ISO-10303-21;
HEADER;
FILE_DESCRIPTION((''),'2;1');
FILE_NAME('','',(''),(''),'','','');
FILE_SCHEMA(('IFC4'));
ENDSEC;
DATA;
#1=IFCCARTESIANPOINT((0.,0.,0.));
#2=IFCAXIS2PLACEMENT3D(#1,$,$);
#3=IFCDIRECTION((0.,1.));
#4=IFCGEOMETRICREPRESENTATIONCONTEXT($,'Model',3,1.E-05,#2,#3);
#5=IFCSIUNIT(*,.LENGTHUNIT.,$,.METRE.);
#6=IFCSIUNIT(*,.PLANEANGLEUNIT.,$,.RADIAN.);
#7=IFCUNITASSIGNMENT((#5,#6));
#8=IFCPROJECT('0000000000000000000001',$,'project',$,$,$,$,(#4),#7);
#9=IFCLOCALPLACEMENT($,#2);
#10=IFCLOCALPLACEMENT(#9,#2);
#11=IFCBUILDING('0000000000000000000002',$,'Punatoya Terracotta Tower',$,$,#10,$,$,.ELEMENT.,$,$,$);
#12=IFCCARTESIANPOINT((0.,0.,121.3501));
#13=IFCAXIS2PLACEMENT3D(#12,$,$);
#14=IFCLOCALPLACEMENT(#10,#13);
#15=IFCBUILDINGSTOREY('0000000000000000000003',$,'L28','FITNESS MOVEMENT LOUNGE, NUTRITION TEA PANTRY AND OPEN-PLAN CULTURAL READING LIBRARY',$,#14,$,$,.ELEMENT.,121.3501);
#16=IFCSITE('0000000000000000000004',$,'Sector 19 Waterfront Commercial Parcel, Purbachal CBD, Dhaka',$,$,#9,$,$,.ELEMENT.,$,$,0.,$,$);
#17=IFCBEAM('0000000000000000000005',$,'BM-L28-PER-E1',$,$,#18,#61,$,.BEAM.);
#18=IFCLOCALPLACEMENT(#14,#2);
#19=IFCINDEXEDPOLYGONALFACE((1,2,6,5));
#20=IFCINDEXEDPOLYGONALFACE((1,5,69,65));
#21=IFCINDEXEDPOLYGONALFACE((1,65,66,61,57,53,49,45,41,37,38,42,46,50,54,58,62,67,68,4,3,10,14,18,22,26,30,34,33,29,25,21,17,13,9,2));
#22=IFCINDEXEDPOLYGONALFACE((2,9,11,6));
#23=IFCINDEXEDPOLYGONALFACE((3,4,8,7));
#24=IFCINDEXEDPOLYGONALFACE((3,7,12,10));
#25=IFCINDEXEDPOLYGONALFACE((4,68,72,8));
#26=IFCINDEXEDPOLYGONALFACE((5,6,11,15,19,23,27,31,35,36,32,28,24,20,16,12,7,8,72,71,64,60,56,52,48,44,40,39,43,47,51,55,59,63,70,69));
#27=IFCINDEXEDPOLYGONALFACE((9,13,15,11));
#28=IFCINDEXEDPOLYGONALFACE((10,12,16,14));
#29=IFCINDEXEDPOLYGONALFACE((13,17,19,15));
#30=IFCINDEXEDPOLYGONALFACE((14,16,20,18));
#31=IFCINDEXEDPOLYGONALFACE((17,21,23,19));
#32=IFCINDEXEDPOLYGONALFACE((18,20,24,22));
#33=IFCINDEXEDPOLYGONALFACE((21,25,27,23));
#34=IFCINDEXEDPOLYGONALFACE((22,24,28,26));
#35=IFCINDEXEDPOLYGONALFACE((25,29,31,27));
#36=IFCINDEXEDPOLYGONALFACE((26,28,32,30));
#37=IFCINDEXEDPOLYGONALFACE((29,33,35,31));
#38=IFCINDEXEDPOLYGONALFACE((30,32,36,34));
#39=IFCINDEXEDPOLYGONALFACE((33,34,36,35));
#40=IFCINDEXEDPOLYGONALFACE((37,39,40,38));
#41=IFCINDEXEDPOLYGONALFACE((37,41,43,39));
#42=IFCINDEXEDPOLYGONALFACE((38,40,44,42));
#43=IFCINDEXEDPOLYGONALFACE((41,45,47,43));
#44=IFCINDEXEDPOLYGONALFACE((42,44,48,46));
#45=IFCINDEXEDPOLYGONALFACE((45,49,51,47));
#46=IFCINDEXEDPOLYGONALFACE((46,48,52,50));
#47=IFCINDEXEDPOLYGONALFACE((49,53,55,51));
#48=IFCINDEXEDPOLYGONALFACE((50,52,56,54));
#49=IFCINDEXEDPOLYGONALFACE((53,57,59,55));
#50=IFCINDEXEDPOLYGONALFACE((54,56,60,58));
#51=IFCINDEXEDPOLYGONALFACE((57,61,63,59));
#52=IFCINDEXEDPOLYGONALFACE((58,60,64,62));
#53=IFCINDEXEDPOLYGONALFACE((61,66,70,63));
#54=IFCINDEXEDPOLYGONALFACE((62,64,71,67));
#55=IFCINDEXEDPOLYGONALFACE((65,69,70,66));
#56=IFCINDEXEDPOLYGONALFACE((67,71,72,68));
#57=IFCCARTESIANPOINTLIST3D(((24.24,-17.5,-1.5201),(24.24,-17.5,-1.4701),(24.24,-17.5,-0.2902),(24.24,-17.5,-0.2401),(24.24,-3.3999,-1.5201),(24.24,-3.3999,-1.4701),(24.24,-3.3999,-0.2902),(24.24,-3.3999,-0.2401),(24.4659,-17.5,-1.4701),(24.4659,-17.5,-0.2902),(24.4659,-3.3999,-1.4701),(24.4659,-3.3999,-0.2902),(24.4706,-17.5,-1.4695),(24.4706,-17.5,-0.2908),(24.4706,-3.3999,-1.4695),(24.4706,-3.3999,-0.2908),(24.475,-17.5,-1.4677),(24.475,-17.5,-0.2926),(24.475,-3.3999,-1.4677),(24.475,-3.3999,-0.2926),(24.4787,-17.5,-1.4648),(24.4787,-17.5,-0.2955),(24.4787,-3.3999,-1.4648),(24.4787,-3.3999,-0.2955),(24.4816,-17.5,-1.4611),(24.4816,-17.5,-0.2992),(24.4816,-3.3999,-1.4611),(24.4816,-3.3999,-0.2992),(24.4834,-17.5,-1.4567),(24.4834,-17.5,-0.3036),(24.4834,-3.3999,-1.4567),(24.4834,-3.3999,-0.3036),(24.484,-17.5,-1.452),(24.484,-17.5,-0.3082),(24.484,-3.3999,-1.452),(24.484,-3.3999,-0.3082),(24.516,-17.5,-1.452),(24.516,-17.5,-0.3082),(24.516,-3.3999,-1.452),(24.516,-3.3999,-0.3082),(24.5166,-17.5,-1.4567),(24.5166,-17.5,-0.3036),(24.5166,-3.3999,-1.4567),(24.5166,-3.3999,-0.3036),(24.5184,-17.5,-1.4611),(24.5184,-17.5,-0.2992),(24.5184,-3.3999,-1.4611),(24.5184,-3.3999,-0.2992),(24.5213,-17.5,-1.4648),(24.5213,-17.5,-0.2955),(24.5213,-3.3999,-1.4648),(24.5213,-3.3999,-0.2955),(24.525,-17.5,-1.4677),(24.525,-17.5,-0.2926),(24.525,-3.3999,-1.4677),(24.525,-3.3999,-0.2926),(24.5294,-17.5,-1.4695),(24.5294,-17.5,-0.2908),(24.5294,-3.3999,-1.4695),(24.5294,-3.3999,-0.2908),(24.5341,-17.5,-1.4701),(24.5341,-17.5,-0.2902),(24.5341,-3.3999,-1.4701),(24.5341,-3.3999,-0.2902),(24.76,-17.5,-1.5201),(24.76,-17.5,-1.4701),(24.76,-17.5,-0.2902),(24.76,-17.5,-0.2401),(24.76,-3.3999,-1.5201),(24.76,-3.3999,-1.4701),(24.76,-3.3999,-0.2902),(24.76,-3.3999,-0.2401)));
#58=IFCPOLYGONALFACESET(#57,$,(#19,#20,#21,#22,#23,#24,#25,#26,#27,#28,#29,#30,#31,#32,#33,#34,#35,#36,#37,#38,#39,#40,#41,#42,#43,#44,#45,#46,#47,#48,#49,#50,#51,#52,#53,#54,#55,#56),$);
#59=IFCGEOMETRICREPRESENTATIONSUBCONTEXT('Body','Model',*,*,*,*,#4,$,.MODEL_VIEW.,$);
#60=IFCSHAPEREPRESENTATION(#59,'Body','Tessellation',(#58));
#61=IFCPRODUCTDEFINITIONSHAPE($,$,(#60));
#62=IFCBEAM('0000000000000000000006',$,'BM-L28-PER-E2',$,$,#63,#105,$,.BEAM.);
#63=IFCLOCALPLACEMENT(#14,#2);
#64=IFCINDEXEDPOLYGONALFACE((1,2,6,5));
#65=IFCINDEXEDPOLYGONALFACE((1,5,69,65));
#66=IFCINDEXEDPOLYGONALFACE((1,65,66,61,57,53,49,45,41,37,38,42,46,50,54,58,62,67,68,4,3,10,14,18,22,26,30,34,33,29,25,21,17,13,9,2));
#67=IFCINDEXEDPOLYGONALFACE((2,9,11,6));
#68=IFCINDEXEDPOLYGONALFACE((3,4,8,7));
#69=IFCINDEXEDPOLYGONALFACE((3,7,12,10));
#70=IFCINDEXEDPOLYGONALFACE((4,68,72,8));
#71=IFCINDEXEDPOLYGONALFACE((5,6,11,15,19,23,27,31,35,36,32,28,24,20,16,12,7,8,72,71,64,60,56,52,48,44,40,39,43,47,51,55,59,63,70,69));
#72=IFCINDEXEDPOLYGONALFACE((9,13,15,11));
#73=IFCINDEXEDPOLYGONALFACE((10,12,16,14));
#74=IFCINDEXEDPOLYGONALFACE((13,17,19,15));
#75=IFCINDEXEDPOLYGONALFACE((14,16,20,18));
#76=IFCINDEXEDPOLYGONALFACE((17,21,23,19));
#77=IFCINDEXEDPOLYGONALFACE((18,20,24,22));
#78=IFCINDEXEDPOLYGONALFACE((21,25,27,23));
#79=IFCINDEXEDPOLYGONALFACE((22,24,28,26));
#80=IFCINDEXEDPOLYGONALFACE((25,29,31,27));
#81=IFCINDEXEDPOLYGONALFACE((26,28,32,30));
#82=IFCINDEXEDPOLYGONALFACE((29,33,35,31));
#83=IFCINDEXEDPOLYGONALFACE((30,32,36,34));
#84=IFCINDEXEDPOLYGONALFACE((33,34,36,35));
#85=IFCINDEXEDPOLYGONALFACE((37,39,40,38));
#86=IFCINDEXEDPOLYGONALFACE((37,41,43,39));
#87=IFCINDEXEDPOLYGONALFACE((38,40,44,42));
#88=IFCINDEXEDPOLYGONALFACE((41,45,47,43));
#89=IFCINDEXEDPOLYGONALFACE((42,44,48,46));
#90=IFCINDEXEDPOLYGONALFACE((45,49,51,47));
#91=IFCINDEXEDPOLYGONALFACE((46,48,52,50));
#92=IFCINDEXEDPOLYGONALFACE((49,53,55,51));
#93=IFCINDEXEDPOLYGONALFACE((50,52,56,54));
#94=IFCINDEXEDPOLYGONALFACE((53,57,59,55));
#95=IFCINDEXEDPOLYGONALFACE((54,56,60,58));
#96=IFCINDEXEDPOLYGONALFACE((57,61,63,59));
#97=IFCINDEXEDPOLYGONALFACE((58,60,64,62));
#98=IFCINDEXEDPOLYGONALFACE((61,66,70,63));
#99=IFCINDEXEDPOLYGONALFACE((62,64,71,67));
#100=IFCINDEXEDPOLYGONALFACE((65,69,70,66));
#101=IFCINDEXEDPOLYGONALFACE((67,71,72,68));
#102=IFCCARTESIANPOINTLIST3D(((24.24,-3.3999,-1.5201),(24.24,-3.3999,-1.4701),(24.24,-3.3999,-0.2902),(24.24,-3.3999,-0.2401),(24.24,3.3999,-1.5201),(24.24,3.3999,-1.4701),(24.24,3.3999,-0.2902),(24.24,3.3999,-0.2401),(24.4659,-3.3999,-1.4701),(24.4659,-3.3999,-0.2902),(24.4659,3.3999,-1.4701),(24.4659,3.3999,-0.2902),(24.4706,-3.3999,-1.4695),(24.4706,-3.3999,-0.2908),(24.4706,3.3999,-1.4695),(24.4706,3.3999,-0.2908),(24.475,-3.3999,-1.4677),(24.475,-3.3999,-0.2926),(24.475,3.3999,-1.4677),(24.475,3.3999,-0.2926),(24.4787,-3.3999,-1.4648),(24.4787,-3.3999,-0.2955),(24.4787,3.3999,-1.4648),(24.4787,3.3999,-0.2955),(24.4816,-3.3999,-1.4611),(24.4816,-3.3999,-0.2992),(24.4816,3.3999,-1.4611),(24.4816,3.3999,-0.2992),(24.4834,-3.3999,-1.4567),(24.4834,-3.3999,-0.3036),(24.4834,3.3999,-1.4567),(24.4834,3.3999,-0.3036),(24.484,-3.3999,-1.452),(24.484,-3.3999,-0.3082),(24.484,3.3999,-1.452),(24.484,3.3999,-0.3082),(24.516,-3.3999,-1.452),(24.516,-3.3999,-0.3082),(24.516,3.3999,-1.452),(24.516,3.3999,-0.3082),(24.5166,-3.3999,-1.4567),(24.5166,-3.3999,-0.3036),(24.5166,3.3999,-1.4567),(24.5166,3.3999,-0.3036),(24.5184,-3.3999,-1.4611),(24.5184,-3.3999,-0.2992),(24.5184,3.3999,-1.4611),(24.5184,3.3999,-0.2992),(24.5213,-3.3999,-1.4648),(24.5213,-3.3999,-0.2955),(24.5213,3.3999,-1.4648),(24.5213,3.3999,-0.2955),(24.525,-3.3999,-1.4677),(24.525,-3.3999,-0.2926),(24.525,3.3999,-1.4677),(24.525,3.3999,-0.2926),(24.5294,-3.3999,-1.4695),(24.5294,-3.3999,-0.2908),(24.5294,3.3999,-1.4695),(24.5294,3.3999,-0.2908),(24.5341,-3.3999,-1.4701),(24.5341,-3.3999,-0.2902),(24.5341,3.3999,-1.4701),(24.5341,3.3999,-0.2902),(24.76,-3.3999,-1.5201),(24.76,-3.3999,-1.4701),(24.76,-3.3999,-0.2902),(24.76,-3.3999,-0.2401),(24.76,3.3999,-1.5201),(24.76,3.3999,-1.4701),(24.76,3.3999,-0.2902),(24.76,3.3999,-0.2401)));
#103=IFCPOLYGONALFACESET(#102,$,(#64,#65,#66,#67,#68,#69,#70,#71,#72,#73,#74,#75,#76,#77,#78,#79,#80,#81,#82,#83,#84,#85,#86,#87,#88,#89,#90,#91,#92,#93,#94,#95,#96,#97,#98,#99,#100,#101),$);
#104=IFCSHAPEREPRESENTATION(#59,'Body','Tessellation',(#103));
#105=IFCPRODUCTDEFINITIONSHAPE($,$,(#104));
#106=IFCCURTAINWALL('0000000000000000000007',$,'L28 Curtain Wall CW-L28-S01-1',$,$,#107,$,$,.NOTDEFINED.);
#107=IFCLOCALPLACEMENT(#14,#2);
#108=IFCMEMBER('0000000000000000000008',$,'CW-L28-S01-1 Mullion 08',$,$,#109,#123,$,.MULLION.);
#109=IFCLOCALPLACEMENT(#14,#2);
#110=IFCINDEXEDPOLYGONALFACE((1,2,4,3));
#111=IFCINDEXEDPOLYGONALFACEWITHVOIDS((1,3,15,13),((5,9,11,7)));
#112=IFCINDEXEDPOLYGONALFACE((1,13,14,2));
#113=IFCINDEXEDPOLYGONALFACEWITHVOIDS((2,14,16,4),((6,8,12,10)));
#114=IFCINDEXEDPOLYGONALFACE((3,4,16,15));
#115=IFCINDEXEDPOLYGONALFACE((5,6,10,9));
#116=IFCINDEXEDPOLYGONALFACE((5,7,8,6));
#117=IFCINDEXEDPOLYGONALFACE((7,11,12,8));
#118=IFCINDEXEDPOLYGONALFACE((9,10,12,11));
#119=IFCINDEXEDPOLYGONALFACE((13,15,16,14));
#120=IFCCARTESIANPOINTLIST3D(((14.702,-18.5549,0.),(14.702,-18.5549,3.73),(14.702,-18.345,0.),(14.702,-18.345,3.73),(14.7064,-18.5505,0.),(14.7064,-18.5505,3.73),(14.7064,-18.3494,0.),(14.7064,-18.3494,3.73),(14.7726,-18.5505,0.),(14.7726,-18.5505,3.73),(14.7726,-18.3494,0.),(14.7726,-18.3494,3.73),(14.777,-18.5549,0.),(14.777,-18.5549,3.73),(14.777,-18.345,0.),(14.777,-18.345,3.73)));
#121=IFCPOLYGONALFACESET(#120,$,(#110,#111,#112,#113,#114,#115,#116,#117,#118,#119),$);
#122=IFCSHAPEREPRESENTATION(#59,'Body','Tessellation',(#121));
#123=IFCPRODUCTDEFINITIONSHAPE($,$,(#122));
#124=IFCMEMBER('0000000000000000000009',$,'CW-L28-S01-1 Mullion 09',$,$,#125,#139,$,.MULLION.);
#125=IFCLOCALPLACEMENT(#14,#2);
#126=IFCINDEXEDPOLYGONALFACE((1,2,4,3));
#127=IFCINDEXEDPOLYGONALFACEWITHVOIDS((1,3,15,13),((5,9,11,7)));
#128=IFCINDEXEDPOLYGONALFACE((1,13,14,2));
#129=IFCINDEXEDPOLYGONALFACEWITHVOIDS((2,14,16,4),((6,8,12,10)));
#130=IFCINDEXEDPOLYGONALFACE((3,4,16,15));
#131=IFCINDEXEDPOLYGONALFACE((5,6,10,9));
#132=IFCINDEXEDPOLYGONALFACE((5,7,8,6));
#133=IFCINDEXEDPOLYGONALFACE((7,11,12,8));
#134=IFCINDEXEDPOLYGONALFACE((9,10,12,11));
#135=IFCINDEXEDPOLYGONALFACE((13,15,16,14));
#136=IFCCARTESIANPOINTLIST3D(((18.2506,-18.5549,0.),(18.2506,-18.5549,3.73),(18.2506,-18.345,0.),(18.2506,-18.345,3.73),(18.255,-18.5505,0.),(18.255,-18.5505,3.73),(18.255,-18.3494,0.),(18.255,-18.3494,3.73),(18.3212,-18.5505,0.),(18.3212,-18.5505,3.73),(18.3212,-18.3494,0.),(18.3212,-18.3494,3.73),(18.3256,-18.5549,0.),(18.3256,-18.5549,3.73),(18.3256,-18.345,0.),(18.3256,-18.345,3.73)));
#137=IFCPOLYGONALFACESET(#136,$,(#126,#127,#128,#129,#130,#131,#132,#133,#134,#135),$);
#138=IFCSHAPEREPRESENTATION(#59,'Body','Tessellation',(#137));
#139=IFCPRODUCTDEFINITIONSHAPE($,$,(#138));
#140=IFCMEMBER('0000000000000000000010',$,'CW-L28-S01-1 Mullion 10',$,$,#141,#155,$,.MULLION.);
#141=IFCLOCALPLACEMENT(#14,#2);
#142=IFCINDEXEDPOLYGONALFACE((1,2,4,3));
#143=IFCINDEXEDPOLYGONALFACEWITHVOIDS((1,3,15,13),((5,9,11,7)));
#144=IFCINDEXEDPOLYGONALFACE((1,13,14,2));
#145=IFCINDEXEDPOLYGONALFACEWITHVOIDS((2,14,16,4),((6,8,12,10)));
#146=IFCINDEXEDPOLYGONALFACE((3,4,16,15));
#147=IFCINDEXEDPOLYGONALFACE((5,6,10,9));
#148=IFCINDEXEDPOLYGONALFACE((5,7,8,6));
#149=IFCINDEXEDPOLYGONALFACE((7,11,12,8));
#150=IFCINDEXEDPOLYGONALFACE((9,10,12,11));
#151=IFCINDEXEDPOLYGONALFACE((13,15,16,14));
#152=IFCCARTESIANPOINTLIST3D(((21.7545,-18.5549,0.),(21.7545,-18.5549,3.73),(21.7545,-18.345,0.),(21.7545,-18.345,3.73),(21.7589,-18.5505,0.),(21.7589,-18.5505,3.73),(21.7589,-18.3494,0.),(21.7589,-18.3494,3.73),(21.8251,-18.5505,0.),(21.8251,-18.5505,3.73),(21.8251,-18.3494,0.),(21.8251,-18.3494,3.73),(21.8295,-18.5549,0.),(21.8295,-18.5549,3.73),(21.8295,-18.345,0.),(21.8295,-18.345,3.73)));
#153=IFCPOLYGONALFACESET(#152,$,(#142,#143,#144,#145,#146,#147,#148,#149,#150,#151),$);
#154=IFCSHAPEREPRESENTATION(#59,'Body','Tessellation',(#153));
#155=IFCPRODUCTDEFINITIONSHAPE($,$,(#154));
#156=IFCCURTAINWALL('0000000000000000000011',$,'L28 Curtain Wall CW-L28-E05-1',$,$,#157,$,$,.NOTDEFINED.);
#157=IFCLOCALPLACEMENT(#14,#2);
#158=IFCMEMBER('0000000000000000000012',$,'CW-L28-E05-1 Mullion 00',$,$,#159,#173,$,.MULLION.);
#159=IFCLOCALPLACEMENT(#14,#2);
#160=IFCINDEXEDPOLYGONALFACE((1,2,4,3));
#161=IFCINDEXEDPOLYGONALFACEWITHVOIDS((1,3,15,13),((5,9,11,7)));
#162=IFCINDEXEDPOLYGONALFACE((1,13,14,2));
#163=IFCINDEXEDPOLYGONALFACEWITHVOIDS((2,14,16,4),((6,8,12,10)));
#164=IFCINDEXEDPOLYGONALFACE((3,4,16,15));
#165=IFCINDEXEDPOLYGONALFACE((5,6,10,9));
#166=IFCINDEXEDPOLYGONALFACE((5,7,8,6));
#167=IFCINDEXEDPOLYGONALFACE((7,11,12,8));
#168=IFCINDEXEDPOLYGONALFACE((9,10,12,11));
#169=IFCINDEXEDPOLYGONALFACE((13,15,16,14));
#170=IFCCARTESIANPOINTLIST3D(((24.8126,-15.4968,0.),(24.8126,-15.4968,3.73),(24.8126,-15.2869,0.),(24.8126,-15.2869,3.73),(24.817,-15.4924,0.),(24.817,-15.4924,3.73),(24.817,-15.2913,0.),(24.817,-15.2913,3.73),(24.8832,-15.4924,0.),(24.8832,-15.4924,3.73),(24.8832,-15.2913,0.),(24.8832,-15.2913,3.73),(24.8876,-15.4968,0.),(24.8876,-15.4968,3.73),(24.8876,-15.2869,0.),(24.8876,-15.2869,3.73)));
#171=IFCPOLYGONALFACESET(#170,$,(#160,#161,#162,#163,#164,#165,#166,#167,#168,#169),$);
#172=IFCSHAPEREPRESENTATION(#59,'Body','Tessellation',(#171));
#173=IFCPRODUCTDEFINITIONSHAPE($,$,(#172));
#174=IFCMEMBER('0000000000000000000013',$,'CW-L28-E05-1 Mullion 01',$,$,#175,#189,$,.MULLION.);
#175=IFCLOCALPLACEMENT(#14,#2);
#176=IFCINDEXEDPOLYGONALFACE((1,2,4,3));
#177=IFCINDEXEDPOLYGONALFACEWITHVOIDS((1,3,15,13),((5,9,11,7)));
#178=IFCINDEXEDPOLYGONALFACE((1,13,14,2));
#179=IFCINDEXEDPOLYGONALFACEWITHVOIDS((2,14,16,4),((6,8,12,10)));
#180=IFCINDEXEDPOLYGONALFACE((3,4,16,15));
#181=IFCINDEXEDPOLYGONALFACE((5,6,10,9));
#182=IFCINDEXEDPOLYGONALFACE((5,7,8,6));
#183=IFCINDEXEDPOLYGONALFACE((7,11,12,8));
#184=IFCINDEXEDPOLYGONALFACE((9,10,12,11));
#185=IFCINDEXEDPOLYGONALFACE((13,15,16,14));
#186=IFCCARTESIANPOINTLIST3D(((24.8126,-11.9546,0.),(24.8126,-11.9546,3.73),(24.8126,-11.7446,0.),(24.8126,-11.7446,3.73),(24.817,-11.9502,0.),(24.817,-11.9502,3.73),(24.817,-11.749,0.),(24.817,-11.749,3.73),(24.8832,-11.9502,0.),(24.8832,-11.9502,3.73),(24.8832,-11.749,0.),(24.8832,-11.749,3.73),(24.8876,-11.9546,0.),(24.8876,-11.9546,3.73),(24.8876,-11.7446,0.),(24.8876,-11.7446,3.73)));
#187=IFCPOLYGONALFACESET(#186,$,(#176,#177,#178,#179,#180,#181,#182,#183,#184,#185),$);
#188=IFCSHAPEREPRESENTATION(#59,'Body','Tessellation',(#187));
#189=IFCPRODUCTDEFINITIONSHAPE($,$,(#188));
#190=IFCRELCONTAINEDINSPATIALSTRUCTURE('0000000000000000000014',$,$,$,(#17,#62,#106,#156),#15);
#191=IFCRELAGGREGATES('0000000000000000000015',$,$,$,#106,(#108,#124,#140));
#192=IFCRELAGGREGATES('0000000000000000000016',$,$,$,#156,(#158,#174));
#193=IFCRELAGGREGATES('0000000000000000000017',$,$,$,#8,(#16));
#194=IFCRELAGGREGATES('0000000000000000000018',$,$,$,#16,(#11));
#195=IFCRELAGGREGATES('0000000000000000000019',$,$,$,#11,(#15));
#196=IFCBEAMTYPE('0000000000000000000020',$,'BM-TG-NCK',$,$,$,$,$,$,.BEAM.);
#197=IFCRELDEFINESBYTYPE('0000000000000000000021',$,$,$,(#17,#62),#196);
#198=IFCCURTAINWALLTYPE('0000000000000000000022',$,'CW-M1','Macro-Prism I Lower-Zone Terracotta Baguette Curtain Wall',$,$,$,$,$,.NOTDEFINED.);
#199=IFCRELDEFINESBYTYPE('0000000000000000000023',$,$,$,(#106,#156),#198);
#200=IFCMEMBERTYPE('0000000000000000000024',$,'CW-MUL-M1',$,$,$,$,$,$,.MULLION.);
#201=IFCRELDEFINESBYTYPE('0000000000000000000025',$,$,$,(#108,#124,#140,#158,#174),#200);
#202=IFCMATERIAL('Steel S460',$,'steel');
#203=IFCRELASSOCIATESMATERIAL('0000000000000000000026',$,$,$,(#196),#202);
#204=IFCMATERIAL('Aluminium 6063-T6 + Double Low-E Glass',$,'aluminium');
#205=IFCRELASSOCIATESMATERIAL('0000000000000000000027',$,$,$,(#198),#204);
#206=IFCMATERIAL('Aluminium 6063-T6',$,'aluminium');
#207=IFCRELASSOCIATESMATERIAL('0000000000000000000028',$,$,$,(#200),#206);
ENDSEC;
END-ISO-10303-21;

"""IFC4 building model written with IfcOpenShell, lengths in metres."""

from ifc_helpers import new_model, si_unit, direction, frame, origin, origin_2d, place, context, subcontext, project, spatial, hollow_rectangle, i_section, extrude, material, material_profile, profile_set, type_object, element, aggregate, save


model = new_model("IFC4")

# Units and contexts
model_context = context("Model", 3, precision=1e-05, world=origin(), true_north=direction((0.0, 1.0)))
body_context = subcontext(model_context, "Body", "Model", "MODEL_VIEW")
ifc_project = project(units=[si_unit("LENGTHUNIT", "METRE"), si_unit("PLANEANGLEUNIT", "RADIAN")], contexts=[model_context])

# Site, building, storey
site_placement = place(None, origin())
site = spatial("IfcSite", under=ifc_project, at=site_placement, Name="Sector 19 Waterfront Commercial Parcel, Purbachal CBD, Dhaka", CompositionType="ELEMENT", RefElevation=0.0)
building_placement = place(site_placement, origin())
building = spatial("IfcBuilding", under=site, at=building_placement, Name="Punatoya Terracotta Tower", CompositionType="ELEMENT")
storey_placement = place(building_placement, frame((0.0, 0.0, 121.3501)))
storey = spatial("IfcBuildingStorey", under=building, at=storey_placement, Name="L28", Description="FITNESS MOVEMENT LOUNGE, NUTRITION TEA PANTRY AND OPEN-PLAN CULTURAL READING LIBRARY", CompositionType="ELEMENT", Elevation=121.3501)

# Shared definitions
ifc_material_1 = material(Name="Steel S460", Category="steel")

# Beams
ifc_material_profile_1 = material_profile(ifc_material_1, i_section(OverallWidth=0.52, OverallDepth=1.28, WebThickness=0.032, FlangeThickness=0.05, FilletRadius=0.0181, at=origin_2d()))
ifc_profile_set_1 = profile_set([ifc_material_profile_1], Name="Steel S460")
beam_type_1 = type_object("IfcBeamType", Name="BM-TG-NCK", PredefinedType="BEAM", material=ifc_profile_set_1)
beam_1_placement = place(storey_placement, frame((24.5, -17.5, -0.8801), z_axis=(0.0, 1.0, 0.0), x_axis=(-1.0, 0.0, 0.0)))
element("IfcBeam", 1, at=beam_1_placement, inside=storey, type_object=beam_type_1, Name="BM-L28-PER-E1", PredefinedType="BEAM", context=body_context, shape_type="SweptSolid", body=[
    extrude(i_section(OverallWidth=0.52, OverallDepth=1.28, WebThickness=0.032, FlangeThickness=0.05, FilletRadius=0.0181, at=origin_2d()), origin(), (0.0, 0.0, 1.0), 14.1001),
])
beam_2_placement = place(storey_placement, frame((24.5, -3.3999, -0.8801), z_axis=(0.0, 1.0, 0.0), x_axis=(-1.0, 0.0, 0.0)))
element("IfcBeam", 2, at=beam_2_placement, inside=storey, type_object=beam_type_1, Name="BM-L28-PER-E2", PredefinedType="BEAM", context=body_context, shape_type="SweptSolid", body=[
    extrude(i_section(OverallWidth=0.52, OverallDepth=1.28, WebThickness=0.032, FlangeThickness=0.05, FilletRadius=0.0181, at=origin_2d()), origin(), (0.0, 0.0, 1.0), 6.7998),
])

# Curtain walls, members
ifc_material_2 = material(Name="Aluminium 6063-T6 + Double Low-E Glass", Category="aluminium")
curtain_wall_type = type_object("IfcCurtainWallType", Name="CW-M1", Description="Macro-Prism I Lower-Zone Terracotta Baguette Curtain Wall", PredefinedType="NOTDEFINED", material=ifc_material_2)
curtain_wall_1_placement = place(storey_placement, origin())
curtain_wall_1 = element("IfcCurtainWall", 3, at=curtain_wall_1_placement, inside=storey, type_object=curtain_wall_type, Name="L28 Curtain Wall CW-L28-S01-1", PredefinedType="NOTDEFINED")
ifc_material_3 = material(Name="Aluminium 6063-T6", Category="aluminium")
ifc_material_profile_2 = material_profile(ifc_material_3, hollow_rectangle(XDim=0.075, YDim=0.21, WallThickness=0.0044, at=origin_2d()))
ifc_profile_set_2 = profile_set([ifc_material_profile_2], Name="Aluminium 6063-T6")
member_type_1 = type_object("IfcMemberType", Name="CW-MUL-M1", PredefinedType="MULLION", material=ifc_profile_set_2)
member_1_placement = place(storey_placement, frame((14.7395, -18.45, 0.0), z_axis=(0.0, 0.0, 1.0), x_axis=(1.0, 0.0, 0.0)))
member_1 = element("IfcMember", 4, at=member_1_placement, type_object=member_type_1, Name="CW-L28-S01-1 Mullion 08", PredefinedType="MULLION", context=body_context, shape_type="SweptSolid", body=[
    extrude(hollow_rectangle(XDim=0.075, YDim=0.21, WallThickness=0.0044, at=origin_2d()), origin(), (0.0, 0.0, 1.0), 3.73),
])
member_2_placement = place(storey_placement, frame((18.2881, -18.45, 0.0), z_axis=(0.0, 0.0, 1.0), x_axis=(1.0, 0.0, 0.0)))
member_2 = element("IfcMember", 5, at=member_2_placement, type_object=member_type_1, Name="CW-L28-S01-1 Mullion 09", PredefinedType="MULLION", context=body_context, shape_type="SweptSolid", body=[
    extrude(hollow_rectangle(XDim=0.075, YDim=0.21, WallThickness=0.0044, at=origin_2d()), origin(), (0.0, 0.0, 1.0), 3.73),
])
member_3_placement = place(storey_placement, frame((21.792, -18.45, 0.0), z_axis=(0.0, 0.0, 1.0), x_axis=(1.0, 0.0, 0.0)))
member_3 = element("IfcMember", 6, at=member_3_placement, type_object=member_type_1, Name="CW-L28-S01-1 Mullion 10", PredefinedType="MULLION", context=body_context, shape_type="SweptSolid", body=[
    extrude(hollow_rectangle(XDim=0.075, YDim=0.21, WallThickness=0.0044, at=origin_2d()), origin(), (0.0, 0.0, 1.0), 3.73),
])
curtain_wall_2_placement = place(storey_placement, origin())
curtain_wall_2 = element("IfcCurtainWall", 7, at=curtain_wall_2_placement, inside=storey, type_object=curtain_wall_type, Name="L28 Curtain Wall CW-L28-E05-1", PredefinedType="NOTDEFINED")
member_4_placement = place(storey_placement, frame((24.8501, -15.3918, 0.0), z_axis=(0.0, 0.0, 1.0), x_axis=(1.0, 0.0, 0.0)))
member_4 = element("IfcMember", 8, at=member_4_placement, type_object=member_type_1, Name="CW-L28-E05-1 Mullion 00", PredefinedType="MULLION", context=body_context, shape_type="SweptSolid", body=[
    extrude(hollow_rectangle(XDim=0.075, YDim=0.21, WallThickness=0.0044, at=origin_2d()), origin(), (0.0, 0.0, 1.0), 3.73),
])
member_5_placement = place(storey_placement, frame((24.8501, -11.8496, 0.0), z_axis=(0.0, 0.0, 1.0), x_axis=(1.0, 0.0, 0.0)))
member_5 = element("IfcMember", 9, at=member_5_placement, type_object=member_type_1, Name="CW-L28-E05-1 Mullion 01", PredefinedType="MULLION", context=body_context, shape_type="SweptSolid", body=[
    extrude(hollow_rectangle(XDim=0.075, YDim=0.21, WallThickness=0.0044, at=origin_2d()), origin(), (0.0, 0.0, 1.0), 3.73),
])

aggregate(curtain_wall_1, [member_1, member_2, member_3])
aggregate(curtain_wall_2, [member_4, member_5])

save(model, "model.ifc")
